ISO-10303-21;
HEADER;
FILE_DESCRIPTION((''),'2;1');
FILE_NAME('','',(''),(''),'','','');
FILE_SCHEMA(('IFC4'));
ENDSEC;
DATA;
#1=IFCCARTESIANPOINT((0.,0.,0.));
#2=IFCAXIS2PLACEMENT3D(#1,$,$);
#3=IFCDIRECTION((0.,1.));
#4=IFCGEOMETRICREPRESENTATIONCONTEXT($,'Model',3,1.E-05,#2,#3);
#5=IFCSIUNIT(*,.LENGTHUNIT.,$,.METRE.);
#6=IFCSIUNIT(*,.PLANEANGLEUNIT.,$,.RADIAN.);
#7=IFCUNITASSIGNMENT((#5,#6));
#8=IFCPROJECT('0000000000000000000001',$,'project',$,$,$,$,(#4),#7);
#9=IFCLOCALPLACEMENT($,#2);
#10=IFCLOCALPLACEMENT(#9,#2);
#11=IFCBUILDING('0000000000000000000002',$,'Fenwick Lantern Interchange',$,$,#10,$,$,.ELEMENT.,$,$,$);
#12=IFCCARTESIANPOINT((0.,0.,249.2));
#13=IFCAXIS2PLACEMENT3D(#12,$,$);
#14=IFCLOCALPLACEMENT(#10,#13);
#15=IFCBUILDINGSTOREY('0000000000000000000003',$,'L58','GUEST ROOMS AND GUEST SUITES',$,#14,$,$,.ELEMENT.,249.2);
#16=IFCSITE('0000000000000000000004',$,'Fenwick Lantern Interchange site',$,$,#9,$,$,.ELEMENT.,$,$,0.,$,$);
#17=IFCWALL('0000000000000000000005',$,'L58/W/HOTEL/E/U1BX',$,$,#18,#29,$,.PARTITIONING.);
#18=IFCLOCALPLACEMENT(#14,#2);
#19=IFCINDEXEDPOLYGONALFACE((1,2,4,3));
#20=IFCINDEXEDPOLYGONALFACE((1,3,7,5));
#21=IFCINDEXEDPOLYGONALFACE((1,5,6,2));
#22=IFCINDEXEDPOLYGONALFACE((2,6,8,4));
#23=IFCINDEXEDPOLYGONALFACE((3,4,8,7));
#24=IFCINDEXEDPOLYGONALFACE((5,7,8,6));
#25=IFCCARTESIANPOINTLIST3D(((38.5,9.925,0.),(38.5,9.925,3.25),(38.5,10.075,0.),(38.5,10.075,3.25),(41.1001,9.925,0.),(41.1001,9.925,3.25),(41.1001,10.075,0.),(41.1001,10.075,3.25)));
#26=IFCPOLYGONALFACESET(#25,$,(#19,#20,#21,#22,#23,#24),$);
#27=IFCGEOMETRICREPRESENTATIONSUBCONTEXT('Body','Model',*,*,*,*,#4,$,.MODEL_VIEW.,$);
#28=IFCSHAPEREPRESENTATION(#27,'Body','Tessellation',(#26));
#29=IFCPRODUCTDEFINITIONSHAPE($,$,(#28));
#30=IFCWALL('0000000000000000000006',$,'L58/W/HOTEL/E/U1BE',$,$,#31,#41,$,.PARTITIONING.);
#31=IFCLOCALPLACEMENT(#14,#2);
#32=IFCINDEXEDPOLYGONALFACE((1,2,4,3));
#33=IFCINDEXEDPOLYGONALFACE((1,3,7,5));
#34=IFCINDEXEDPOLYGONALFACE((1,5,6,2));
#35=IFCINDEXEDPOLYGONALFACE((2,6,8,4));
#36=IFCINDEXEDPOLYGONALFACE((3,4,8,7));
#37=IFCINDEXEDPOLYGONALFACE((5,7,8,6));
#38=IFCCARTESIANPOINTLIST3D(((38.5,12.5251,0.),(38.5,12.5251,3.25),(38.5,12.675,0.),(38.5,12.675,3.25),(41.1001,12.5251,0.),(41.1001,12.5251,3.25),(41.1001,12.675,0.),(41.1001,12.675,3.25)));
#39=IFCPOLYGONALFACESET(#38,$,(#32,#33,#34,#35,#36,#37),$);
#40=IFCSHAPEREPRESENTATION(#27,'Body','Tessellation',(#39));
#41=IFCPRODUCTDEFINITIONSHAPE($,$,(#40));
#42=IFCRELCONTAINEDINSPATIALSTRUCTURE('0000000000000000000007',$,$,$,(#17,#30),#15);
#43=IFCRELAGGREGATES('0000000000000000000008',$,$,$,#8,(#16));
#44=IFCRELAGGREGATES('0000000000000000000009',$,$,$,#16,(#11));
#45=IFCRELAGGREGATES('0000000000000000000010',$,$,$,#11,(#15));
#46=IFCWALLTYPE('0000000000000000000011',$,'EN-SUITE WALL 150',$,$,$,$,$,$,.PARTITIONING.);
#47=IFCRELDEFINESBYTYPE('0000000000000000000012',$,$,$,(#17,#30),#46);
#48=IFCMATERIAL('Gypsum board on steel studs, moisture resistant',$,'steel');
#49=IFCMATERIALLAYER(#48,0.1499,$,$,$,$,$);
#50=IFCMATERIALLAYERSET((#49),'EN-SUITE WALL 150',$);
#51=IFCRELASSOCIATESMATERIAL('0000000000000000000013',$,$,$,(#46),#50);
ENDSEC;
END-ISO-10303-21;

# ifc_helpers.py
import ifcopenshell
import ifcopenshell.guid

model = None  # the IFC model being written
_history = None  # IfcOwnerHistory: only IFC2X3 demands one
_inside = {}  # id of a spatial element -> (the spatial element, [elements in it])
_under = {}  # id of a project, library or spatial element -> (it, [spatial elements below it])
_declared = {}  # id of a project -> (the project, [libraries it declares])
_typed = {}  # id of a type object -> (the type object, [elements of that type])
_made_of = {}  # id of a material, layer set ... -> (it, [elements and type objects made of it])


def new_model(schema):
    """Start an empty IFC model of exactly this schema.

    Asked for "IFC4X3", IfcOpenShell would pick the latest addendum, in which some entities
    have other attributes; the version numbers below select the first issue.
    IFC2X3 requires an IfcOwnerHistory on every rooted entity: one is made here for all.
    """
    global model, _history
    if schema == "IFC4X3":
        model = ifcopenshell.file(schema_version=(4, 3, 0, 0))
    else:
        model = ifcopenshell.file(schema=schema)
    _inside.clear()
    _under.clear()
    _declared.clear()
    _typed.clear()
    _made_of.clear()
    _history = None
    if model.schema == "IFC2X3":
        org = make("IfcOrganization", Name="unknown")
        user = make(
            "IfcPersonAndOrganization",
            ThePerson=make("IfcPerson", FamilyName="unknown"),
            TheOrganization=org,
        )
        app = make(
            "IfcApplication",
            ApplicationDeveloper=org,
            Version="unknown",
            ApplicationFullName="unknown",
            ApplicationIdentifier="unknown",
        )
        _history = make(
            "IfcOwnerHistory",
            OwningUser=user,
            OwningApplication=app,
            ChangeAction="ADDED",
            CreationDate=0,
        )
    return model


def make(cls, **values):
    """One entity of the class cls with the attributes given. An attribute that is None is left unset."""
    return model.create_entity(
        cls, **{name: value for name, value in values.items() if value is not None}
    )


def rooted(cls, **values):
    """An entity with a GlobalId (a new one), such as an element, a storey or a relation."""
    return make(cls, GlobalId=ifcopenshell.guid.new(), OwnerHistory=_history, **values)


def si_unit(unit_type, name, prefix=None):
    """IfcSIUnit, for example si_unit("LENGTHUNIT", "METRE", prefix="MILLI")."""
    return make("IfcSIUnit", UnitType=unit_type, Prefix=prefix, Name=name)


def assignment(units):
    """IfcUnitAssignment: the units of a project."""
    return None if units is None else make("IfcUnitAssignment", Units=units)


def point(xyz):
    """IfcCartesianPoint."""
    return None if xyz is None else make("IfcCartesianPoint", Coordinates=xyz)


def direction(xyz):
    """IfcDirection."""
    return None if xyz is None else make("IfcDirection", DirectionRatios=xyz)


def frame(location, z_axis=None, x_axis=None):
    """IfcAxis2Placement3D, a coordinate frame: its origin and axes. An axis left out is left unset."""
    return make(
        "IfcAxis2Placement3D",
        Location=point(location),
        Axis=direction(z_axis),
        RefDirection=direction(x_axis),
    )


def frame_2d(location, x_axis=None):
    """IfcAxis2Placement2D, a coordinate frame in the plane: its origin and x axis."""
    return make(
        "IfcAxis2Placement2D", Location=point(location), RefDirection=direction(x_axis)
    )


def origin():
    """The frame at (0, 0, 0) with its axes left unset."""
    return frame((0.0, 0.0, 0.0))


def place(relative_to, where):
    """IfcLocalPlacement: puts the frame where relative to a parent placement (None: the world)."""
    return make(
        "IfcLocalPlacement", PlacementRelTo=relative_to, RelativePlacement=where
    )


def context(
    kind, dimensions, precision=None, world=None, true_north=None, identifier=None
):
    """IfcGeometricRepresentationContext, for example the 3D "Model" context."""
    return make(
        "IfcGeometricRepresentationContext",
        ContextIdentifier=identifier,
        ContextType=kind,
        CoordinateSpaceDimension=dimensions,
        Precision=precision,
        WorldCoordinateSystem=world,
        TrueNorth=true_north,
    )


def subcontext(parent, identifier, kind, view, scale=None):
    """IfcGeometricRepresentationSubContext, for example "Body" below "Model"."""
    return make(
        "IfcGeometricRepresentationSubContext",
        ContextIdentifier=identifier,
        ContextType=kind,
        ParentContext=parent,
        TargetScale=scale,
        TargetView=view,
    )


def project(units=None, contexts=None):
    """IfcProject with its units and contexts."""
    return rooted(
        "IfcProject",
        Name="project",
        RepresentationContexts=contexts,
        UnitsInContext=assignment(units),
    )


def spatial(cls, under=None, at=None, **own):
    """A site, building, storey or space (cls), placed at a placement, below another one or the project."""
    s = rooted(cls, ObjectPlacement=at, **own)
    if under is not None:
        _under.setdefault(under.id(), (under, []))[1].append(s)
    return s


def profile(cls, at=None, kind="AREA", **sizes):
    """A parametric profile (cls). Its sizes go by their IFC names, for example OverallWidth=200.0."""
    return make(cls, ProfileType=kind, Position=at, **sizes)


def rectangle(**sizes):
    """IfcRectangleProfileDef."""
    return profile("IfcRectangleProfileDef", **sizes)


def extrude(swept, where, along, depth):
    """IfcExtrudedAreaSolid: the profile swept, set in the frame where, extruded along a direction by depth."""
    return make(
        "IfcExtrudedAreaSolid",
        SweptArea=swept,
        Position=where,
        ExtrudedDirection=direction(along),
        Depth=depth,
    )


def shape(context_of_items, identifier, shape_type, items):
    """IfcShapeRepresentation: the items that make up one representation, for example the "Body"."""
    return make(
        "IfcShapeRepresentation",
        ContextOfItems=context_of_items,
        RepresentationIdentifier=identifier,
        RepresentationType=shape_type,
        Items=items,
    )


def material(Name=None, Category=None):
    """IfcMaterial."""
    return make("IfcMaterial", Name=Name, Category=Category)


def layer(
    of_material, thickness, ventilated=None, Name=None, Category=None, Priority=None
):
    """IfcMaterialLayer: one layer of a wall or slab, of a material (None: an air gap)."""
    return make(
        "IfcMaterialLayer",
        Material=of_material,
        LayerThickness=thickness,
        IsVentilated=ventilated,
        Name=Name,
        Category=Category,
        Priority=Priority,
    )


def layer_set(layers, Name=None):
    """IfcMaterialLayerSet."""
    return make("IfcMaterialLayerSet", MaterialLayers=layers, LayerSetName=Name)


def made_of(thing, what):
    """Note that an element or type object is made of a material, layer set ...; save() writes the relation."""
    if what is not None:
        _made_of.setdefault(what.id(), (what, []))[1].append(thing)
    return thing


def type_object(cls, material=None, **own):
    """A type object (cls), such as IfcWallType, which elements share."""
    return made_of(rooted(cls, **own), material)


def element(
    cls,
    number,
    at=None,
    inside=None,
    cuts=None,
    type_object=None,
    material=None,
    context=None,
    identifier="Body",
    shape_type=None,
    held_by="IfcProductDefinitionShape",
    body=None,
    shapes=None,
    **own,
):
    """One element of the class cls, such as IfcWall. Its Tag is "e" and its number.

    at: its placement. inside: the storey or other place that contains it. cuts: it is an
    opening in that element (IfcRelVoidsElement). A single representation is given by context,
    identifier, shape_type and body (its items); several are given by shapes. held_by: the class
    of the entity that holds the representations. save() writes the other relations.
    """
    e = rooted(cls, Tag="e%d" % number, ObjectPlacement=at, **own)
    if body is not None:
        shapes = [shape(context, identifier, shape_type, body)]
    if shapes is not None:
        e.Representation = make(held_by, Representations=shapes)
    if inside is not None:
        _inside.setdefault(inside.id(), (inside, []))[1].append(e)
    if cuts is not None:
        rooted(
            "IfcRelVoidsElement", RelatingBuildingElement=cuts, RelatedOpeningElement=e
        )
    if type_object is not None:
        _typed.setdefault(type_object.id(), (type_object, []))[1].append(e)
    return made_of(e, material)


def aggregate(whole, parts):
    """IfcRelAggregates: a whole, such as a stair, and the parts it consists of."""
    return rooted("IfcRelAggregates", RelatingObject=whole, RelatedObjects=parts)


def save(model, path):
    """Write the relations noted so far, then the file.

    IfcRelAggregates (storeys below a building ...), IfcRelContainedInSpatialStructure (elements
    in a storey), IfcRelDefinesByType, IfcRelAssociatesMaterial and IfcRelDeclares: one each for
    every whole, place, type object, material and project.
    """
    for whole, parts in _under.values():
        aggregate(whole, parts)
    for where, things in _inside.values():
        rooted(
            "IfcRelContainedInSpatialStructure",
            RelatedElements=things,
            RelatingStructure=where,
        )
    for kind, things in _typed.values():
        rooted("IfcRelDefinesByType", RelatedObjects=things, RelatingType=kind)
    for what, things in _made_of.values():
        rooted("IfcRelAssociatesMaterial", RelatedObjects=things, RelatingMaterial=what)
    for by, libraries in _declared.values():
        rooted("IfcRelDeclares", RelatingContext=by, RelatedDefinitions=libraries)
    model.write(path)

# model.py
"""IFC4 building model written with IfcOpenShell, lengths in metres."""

from ifc_helpers import new_model, si_unit, direction, frame, frame_2d, origin, place, context, subcontext, project, spatial, rectangle, extrude, material, layer, layer_set, type_object, element, save


model = new_model("IFC4")

# Units and contexts
model_context = context("Model", 3, precision=1e-05, world=origin(), true_north=direction((0.0, 1.0)))
body_context = subcontext(model_context, "Body", "Model", "MODEL_VIEW")
ifc_project = project(units=[si_unit("LENGTHUNIT", "METRE"), si_unit("PLANEANGLEUNIT", "RADIAN")], contexts=[model_context])

# Site, building, storey
site_placement = place(None, origin())
site = spatial("IfcSite", under=ifc_project, at=site_placement, Name="Fenwick Lantern Interchange site", CompositionType="ELEMENT", RefElevation=0.0)
building_placement = place(site_placement, origin())
building = spatial("IfcBuilding", under=site, at=building_placement, Name="Fenwick Lantern Interchange", CompositionType="ELEMENT")
storey_placement = place(building_placement, frame((0.0, 0.0, 249.2)))
storey = spatial("IfcBuildingStorey", under=building, at=storey_placement, Name="L58", Description="GUEST ROOMS AND GUEST SUITES", CompositionType="ELEMENT", Elevation=249.2)

# Shared definitions
ifc_material_1 = material(Name="Gypsum board on steel studs, moisture resistant", Category="steel")
ifc_layer = layer(ifc_material_1, 0.1499)
ifc_layer_set = layer_set([ifc_layer], Name="EN-SUITE WALL 150")
wall_type = type_object("IfcWallType", Name="EN-SUITE WALL 150", PredefinedType="PARTITIONING", material=ifc_layer_set)

# Walls
for number, where, z_axis, x_axis, name in (
    (1, (41.1001, 10.0, 0.0), (0.0, 0.0, 1.0), (-1.0, 0.0, 0.0), "L58/W/HOTEL/E/U1BX"),
    (2, (41.1001, 12.6001, 0.0), (0.0, 0.0, 1.0), (-1.0, 0.0, 0.0), "L58/W/HOTEL/E/U1BE"),
):
    element("IfcWall", number, at=place(storey_placement, frame(where, z_axis=z_axis, x_axis=x_axis)), inside=storey, type_object=wall_type, Name=name, PredefinedType="PARTITIONING", context=body_context, shape_type="SweptSolid", body=[
        extrude(rectangle(XDim=2.6001, YDim=0.1499, at=frame_2d((1.3, 0.0))), origin(), (0.0, 0.0, 1.0), 3.25),
    ])

save(model, "model.ifc")
